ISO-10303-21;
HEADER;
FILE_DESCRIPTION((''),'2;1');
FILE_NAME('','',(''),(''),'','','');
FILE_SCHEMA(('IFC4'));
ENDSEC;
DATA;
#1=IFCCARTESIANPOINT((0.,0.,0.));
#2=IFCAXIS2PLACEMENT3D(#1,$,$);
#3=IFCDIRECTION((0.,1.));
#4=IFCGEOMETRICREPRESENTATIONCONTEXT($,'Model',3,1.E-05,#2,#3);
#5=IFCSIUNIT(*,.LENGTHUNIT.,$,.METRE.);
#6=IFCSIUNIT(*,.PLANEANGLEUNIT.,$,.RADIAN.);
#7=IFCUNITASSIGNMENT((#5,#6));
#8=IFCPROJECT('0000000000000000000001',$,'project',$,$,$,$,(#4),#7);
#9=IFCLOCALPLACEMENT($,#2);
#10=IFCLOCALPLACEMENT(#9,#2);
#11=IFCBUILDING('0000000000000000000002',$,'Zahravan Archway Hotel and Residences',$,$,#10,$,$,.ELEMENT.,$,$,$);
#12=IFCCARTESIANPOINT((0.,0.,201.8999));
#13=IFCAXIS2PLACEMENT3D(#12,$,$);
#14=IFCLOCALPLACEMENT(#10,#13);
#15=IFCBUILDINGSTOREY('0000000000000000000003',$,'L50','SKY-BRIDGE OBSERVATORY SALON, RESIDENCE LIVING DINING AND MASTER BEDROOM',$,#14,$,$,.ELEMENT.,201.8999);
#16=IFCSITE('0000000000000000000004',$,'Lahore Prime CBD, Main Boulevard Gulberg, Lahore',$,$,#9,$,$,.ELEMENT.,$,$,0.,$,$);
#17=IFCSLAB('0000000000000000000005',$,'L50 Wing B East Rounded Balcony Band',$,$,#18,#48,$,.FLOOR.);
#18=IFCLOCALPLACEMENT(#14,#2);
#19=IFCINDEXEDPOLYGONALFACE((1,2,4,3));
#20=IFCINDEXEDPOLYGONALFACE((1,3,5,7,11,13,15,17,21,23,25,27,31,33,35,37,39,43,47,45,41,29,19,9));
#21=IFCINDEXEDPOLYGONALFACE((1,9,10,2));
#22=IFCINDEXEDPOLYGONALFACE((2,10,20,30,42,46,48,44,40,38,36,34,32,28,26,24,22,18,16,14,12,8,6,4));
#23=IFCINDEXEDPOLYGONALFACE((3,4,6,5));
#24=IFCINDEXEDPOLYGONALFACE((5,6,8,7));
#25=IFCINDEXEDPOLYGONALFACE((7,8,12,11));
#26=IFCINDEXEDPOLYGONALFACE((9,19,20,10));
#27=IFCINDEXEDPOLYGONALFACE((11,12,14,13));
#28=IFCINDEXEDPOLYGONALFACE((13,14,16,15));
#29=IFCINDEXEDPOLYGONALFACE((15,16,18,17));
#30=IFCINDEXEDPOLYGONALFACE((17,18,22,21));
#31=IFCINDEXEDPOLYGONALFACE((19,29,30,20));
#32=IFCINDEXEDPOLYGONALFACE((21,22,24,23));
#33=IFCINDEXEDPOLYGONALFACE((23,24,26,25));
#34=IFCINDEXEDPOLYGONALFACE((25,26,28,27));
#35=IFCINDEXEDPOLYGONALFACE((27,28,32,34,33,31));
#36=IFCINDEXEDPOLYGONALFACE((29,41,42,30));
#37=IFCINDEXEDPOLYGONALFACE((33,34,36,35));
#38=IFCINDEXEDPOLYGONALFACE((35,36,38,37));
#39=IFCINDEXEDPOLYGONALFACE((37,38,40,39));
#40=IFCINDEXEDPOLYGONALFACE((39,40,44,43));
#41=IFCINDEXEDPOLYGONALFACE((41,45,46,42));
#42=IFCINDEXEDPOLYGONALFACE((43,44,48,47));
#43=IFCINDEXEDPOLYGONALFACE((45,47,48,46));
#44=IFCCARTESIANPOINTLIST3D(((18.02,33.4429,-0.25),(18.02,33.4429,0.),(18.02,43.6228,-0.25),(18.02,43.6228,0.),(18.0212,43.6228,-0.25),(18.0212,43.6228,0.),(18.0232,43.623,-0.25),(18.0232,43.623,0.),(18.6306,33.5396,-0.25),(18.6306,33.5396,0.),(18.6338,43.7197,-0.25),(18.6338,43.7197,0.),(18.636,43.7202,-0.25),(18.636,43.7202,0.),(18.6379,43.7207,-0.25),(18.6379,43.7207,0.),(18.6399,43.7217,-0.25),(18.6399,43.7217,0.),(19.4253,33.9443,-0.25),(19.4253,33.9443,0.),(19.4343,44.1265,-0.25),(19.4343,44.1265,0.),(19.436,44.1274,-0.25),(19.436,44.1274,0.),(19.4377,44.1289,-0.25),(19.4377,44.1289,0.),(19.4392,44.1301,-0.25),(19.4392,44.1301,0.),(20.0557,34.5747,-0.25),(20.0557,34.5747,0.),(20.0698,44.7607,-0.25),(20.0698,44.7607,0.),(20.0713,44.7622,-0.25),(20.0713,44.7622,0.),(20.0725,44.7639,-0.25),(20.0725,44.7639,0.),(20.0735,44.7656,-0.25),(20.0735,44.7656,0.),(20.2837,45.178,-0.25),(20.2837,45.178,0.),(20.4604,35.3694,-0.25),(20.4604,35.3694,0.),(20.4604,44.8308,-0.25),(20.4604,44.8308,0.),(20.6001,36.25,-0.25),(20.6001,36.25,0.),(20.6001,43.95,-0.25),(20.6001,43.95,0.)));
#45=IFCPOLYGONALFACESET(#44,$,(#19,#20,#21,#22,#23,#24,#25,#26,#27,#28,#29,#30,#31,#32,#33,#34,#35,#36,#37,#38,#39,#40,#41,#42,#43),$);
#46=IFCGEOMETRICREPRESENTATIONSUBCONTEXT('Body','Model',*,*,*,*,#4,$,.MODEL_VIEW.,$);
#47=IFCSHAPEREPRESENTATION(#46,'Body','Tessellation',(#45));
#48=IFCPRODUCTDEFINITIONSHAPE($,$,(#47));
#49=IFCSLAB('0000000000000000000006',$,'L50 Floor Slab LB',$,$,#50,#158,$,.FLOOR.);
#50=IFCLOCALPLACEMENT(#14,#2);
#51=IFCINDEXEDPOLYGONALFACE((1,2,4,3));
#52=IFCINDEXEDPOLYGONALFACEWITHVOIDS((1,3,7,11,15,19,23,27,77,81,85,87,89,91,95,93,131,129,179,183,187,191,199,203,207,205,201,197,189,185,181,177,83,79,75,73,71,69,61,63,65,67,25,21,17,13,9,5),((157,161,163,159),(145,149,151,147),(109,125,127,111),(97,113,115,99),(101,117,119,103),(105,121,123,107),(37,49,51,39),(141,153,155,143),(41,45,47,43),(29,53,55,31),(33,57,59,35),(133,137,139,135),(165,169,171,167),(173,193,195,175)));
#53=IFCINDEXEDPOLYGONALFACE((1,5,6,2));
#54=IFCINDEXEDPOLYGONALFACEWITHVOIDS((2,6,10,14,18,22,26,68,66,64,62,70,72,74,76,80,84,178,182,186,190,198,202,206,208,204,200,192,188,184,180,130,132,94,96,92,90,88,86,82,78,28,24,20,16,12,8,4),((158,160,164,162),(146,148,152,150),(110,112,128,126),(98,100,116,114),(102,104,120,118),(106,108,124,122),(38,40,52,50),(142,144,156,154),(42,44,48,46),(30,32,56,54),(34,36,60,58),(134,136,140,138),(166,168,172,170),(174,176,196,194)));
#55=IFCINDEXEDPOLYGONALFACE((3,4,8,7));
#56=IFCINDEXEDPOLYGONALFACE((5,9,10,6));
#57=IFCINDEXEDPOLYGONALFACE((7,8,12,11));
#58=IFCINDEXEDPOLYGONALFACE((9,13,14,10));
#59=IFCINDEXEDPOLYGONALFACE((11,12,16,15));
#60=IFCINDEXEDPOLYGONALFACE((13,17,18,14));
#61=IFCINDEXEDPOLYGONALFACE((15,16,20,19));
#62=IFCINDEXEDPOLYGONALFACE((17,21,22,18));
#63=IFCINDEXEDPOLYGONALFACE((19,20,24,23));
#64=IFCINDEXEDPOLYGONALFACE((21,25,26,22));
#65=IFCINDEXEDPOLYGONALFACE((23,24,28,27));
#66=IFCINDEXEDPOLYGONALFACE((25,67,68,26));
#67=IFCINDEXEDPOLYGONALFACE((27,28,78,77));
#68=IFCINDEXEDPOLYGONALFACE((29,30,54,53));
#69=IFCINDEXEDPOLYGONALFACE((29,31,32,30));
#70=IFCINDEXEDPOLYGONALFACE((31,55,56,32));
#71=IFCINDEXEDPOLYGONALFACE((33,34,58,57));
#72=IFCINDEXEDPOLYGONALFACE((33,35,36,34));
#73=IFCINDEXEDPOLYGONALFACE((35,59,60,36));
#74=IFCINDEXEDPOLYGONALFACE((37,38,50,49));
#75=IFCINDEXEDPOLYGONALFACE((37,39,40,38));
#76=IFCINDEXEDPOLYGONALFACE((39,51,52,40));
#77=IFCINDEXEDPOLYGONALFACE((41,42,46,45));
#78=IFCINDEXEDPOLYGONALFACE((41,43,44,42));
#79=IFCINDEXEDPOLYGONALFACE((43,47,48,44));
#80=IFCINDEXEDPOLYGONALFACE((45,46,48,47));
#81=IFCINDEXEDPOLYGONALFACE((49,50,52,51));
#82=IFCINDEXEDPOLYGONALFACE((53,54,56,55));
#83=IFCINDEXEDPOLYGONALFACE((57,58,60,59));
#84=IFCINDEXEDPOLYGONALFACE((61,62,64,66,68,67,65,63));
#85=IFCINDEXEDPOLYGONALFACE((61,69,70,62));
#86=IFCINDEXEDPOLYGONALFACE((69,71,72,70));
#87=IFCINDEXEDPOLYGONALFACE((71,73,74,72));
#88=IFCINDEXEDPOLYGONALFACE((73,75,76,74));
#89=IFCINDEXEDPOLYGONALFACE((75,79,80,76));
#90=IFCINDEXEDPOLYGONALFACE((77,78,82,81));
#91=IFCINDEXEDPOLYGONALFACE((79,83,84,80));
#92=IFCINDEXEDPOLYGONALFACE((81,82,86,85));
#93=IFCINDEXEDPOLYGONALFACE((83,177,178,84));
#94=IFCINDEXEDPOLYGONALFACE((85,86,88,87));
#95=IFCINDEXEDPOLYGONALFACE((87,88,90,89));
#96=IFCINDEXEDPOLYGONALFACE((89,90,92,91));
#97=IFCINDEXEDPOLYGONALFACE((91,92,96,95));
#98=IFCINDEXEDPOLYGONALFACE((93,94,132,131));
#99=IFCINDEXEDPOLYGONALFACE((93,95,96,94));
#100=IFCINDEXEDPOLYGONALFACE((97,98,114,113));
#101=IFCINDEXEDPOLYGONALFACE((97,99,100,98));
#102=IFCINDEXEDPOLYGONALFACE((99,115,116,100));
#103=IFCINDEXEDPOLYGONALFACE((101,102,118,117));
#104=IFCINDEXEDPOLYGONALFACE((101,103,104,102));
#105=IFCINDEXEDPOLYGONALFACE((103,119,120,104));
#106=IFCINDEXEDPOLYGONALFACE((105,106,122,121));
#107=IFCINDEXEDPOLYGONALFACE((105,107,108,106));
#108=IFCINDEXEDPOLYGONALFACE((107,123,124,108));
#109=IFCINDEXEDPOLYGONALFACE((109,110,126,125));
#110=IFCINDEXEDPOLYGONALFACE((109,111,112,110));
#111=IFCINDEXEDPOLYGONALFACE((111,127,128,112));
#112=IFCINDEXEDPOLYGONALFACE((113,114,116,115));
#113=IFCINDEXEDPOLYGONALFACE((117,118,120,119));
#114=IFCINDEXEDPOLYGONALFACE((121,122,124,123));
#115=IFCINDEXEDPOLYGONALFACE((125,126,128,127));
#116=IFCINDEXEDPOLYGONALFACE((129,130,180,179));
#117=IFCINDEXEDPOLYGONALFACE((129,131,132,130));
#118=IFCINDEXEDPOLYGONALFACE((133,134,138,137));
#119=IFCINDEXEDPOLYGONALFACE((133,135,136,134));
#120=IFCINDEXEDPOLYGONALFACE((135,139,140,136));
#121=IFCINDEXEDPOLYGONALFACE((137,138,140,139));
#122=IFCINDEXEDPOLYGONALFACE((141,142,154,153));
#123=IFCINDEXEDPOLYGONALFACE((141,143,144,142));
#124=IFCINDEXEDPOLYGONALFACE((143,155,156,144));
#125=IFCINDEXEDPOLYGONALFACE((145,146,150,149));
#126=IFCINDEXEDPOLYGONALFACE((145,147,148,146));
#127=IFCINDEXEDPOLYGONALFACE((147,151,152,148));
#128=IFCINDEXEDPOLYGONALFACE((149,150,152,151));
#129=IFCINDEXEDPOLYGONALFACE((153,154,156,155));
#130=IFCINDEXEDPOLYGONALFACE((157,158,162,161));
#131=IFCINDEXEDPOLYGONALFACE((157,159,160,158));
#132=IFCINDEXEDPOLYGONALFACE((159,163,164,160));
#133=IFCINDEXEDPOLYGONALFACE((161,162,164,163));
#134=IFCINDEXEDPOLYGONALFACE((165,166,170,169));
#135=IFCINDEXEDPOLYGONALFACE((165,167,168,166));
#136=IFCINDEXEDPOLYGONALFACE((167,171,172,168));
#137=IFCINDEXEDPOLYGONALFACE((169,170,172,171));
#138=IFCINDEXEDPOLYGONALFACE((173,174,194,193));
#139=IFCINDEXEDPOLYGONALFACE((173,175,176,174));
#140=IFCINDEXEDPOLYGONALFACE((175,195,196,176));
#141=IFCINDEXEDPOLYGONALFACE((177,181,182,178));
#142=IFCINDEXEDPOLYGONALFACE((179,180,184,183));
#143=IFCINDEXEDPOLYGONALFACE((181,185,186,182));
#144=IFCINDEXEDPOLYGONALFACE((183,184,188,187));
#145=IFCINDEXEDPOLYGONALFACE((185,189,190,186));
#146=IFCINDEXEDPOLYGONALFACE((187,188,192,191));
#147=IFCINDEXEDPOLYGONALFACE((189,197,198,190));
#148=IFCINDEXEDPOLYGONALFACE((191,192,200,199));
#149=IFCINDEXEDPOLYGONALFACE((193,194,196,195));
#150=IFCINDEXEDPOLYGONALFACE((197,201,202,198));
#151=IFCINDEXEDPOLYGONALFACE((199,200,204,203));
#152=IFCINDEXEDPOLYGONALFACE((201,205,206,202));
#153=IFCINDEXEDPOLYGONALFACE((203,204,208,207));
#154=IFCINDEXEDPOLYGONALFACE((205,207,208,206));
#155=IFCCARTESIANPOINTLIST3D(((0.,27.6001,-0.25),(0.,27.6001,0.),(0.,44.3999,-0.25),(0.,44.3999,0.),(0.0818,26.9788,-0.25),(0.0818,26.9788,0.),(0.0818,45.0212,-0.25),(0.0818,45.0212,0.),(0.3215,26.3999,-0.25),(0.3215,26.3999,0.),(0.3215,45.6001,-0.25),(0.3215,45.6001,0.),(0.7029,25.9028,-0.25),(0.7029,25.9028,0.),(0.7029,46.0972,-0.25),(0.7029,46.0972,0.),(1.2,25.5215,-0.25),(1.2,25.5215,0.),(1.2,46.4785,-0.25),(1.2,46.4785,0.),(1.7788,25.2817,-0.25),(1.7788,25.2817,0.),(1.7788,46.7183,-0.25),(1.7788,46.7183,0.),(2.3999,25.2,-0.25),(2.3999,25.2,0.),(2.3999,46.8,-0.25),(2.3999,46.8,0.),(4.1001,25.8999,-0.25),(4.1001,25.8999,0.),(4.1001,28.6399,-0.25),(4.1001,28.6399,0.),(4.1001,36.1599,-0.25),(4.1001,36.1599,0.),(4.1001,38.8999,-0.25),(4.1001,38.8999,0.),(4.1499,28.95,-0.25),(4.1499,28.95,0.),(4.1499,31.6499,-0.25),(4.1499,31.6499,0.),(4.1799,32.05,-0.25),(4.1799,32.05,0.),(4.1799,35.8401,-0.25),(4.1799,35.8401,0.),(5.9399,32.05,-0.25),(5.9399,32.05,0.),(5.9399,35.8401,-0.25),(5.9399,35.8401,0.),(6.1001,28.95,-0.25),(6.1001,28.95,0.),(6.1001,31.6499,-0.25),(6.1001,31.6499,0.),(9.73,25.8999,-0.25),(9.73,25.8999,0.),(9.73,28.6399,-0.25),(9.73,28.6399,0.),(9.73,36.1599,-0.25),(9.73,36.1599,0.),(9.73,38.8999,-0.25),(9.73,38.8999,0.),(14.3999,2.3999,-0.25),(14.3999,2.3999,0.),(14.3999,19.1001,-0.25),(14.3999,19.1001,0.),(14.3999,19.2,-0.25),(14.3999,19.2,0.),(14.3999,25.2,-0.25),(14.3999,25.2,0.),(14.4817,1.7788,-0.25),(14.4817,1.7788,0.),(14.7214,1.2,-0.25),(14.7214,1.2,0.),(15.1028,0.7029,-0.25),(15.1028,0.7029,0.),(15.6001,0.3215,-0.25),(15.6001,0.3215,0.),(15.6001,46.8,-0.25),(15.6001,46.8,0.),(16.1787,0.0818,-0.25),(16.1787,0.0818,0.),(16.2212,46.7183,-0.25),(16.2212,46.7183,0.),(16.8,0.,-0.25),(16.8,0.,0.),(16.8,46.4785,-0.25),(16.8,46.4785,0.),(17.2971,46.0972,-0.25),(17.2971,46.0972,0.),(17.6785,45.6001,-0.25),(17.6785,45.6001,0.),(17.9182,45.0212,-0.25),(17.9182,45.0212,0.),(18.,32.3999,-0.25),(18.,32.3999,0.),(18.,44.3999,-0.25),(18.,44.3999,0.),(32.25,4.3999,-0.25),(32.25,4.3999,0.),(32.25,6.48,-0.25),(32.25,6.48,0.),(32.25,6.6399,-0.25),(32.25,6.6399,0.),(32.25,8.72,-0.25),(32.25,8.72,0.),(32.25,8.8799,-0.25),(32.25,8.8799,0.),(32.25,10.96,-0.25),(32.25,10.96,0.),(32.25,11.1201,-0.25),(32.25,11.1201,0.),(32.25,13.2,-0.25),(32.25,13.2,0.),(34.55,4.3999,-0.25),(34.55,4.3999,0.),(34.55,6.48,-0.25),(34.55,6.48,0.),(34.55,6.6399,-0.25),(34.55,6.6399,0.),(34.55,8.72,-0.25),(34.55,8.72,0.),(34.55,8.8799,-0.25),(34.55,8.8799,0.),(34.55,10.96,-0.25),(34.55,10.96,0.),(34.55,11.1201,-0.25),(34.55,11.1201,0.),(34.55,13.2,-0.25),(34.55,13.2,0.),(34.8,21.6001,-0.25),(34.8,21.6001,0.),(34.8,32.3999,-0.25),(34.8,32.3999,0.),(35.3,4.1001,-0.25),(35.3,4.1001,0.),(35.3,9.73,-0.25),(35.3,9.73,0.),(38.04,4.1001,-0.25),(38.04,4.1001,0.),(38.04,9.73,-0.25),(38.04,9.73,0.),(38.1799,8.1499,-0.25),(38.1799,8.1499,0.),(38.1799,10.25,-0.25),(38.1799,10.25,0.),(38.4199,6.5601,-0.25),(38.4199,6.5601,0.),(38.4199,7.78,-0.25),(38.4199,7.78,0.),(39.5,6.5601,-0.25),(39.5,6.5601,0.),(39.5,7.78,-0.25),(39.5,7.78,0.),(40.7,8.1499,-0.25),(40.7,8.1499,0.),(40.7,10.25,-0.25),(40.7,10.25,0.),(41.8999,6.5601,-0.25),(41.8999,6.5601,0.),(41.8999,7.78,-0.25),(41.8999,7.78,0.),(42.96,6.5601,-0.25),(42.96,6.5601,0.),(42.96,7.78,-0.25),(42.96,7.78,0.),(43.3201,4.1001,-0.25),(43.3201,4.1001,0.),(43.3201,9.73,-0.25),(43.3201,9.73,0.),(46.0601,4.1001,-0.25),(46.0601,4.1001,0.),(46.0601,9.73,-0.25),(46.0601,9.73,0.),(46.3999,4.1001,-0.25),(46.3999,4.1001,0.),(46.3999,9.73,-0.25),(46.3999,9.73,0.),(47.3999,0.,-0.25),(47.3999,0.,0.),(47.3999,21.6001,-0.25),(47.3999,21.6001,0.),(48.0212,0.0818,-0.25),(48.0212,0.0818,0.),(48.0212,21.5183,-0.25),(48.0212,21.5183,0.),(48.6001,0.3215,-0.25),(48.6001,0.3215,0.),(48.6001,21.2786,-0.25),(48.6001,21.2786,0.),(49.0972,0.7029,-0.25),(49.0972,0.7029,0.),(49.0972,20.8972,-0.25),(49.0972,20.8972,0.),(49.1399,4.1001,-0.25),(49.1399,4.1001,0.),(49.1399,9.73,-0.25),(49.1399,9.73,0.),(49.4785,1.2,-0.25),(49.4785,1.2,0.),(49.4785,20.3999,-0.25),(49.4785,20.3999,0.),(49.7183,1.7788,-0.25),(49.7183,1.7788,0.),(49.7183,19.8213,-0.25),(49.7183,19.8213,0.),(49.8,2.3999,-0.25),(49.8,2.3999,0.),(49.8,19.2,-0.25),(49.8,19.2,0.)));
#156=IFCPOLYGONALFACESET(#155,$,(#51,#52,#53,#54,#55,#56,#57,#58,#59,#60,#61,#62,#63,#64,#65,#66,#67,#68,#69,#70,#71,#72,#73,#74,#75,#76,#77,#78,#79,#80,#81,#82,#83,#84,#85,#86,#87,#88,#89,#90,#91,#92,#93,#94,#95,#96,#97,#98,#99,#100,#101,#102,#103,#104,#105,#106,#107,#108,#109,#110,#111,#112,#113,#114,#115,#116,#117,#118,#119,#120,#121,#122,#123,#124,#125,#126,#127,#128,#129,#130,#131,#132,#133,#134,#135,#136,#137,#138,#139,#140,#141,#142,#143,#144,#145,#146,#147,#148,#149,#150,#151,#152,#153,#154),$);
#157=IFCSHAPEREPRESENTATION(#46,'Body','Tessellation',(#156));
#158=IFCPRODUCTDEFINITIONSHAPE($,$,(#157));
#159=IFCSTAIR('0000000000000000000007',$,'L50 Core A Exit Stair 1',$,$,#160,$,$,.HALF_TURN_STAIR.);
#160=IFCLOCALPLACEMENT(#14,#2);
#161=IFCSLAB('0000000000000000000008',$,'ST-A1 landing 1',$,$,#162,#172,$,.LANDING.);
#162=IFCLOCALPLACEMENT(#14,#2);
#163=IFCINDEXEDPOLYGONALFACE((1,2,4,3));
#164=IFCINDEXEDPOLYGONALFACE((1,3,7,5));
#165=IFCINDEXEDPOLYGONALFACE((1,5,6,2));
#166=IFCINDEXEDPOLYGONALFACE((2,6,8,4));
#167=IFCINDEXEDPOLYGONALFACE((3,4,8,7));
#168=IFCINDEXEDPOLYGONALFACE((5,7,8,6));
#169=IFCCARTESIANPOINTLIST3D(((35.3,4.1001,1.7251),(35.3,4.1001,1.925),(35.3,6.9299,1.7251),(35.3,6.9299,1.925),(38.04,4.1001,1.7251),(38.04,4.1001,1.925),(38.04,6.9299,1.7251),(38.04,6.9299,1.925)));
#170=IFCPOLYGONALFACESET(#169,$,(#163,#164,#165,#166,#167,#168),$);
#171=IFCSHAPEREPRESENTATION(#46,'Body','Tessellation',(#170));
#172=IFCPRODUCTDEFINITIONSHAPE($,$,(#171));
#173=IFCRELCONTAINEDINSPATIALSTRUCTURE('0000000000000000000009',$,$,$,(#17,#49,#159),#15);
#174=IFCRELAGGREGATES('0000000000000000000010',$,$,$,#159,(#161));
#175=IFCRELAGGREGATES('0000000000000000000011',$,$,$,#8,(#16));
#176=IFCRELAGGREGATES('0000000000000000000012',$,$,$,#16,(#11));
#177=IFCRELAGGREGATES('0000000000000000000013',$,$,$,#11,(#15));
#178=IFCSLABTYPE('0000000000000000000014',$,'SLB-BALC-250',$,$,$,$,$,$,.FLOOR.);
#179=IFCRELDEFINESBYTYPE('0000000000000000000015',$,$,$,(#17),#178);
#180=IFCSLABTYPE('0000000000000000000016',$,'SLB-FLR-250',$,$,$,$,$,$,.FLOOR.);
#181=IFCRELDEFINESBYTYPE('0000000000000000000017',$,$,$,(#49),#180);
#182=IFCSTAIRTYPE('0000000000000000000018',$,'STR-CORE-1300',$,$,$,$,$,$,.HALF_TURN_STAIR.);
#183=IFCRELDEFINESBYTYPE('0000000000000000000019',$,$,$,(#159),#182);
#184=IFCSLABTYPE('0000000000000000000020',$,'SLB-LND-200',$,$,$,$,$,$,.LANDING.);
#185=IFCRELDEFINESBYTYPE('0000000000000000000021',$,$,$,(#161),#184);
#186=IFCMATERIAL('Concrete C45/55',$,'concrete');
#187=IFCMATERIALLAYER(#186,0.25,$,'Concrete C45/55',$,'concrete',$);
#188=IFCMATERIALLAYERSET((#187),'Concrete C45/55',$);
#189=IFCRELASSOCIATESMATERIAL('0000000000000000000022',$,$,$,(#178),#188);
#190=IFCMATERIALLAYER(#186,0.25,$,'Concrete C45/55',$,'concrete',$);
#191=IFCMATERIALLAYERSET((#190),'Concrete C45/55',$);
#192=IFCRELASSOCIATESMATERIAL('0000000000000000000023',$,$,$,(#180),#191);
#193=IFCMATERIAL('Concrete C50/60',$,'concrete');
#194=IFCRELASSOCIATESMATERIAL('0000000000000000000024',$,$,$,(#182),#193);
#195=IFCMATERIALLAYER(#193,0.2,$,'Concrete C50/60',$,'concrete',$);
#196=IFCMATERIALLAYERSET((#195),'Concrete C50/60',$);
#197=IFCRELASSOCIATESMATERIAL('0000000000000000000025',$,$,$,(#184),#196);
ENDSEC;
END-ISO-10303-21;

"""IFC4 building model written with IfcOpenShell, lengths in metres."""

from ifc_helpers import new_model, si_unit, direction, frame, origin, place, context, subcontext, project, spatial, polyline, outline, extrude, material, layer, layer_set, type_object, element, aggregate, save


model = new_model("IFC4")

# Units and contexts
model_context = context("Model", 3, precision=1e-05, world=origin(), true_north=direction((0.0, 1.0)))
body_context = subcontext(model_context, "Body", "Model", "MODEL_VIEW")
ifc_project = project(units=[si_unit("LENGTHUNIT", "METRE"), si_unit("PLANEANGLEUNIT", "RADIAN")], contexts=[model_context])

# Site, building, storey
site_placement = place(None, origin())
site = spatial("IfcSite", under=ifc_project, at=site_placement, Name="Lahore Prime CBD, Main Boulevard Gulberg, Lahore", CompositionType="ELEMENT", RefElevation=0.0)
building_placement = place(site_placement, origin())
building = spatial("IfcBuilding", under=site, at=building_placement, Name="Zahravan Archway Hotel and Residences", CompositionType="ELEMENT")
storey_placement = place(building_placement, frame((0.0, 0.0, 201.8999)))
storey = spatial("IfcBuildingStorey", under=building, at=storey_placement, Name="L50", Description="SKY-BRIDGE OBSERVATORY SALON, RESIDENCE LIVING DINING AND MASTER BEDROOM", CompositionType="ELEMENT", Elevation=201.8999)

# Slabs
ifc_material_1 = material(Name="Concrete C45/55", Category="concrete")
ifc_layer_1 = layer(ifc_material_1, 0.25, Name="Concrete C45/55", Category="concrete")
ifc_layer_set_1 = layer_set([ifc_layer_1], Name="Concrete C45/55")
slab_type_1 = type_object("IfcSlabType", Name="SLB-BALC-250", PredefinedType="FLOOR", material=ifc_layer_set_1)
slab_1_placement = place(storey_placement, frame((0.0, 0.0, -0.25)))
element("IfcSlab", 1, at=slab_1_placement, inside=storey, type_object=slab_type_1, Name="L50 Wing B East Rounded Balcony Band", PredefinedType="FLOOR", context=body_context, shape_type="SweptSolid", body=[
    extrude(outline(polyline([(20.4604, 44.8308), (20.6001, 43.95), (20.6001, 36.25), (20.4604, 35.3694), (20.0557, 34.5747), (19.4253, 33.9443), (18.6306, 33.5396), (18.02, 33.4429), (18.02, 43.6228), (18.0212, 43.6228), (18.0232, 43.623), (18.6338, 43.7197), (18.636, 43.7202), (18.6379, 43.7207), (18.6399, 43.7217), (19.4343, 44.1265), (19.436, 44.1274), (19.4377, 44.1289), (19.4392, 44.1301), (20.0698, 44.7607), (20.0713, 44.7622), (20.0725, 44.7639), (20.0735, 44.7656), (20.2837, 45.178), (20.4604, 44.8308)])), origin(), (0.0, 0.0, 1.0), 0.25),
])
ifc_layer_2 = layer(ifc_material_1, 0.25, Name="Concrete C45/55", Category="concrete")
ifc_layer_set_2 = layer_set([ifc_layer_2], Name="Concrete C45/55")
slab_type_2 = type_object("IfcSlabType", Name="SLB-FLR-250", PredefinedType="FLOOR", material=ifc_layer_set_2)
slab_2_placement = place(storey_placement, frame((0.0, 0.0, -0.25)))
element("IfcSlab", 2, at=slab_2_placement, inside=storey, type_object=slab_type_2, Name="L50 Floor Slab LB", PredefinedType="FLOOR", context=body_context, shape_type="SweptSolid", body=[
    extrude(outline(polyline([(34.8, 21.6001), (34.8, 32.3999), (18.0, 32.3999), (18.0, 44.3999), (17.9182, 45.0212), (17.6785, 45.6001), (17.2971, 46.0972), (16.8, 46.4785), (16.2212, 46.7183), (15.6001, 46.8), (2.3999, 46.8), (1.7788, 46.7183), (1.2, 46.4785), (0.7029, 46.0972), (0.3215, 45.6001), (0.0818, 45.0212), (0.0, 44.3999), (0.0, 27.6001), (0.0818, 26.9788), (0.3215, 26.3999), (0.7029, 25.9028), (1.2, 25.5215), (1.7788, 25.2817), (2.3999, 25.2), (14.3999, 25.2), (14.3999, 19.2), (14.3999, 19.1001), (14.3999, 2.3999), (14.4817, 1.7788), (14.7214, 1.2), (15.1028, 0.7029), (15.6001, 0.3215), (16.1787, 0.0818), (16.8, 0.0), (47.3999, 0.0), (48.0212, 0.0818), (48.6001, 0.3215), (49.0972, 0.7029), (49.4785, 1.2), (49.7183, 1.7788), (49.8, 2.3999), (49.8, 19.2), (49.7183, 19.8213), (49.4785, 20.3999), (49.0972, 20.8972), (48.6001, 21.2786), (48.0212, 21.5183), (47.3999, 21.6001), (34.8, 21.6001)]), holes=[polyline([(35.3, 9.73), (35.3, 4.1001), (38.04, 4.1001), (38.04, 9.73), (35.3, 9.73)]), polyline([(43.3201, 9.73), (43.3201, 4.1001), (46.0601, 4.1001), (46.0601, 9.73), (43.3201, 9.73)]), polyline([(46.3999, 9.73), (46.3999, 4.1001), (49.1399, 4.1001), (49.1399, 9.73), (46.3999, 9.73)]), polyline([(9.73, 28.6399), (4.1001, 28.6399), (4.1001, 25.8999), (9.73, 25.8999), (9.73, 28.6399)]), polyline([(9.73, 38.8999), (4.1001, 38.8999), (4.1001, 36.1599), (9.73, 36.1599), (9.73, 38.8999)]), polyline([(38.1799, 8.1499), (40.7, 8.1499), (40.7, 10.25), (38.1799, 10.25), (38.1799, 8.1499)]), polyline([(4.1499, 28.95), (6.1001, 28.95), (6.1001, 31.6499), (4.1499, 31.6499), (4.1499, 28.95)]), polyline([(32.25, 4.3999), (34.55, 4.3999), (34.55, 6.48), (32.25, 6.48), (32.25, 4.3999)]), polyline([(32.25, 6.6399), (34.55, 6.6399), (34.55, 8.72), (32.25, 8.72), (32.25, 6.6399)]), polyline([(32.25, 8.8799), (34.55, 8.8799), (34.55, 10.96), (32.25, 10.96), (32.25, 8.8799)]), polyline([(32.25, 11.1201), (34.55, 11.1201), (34.55, 13.2), (32.25, 13.2), (32.25, 11.1201)]), polyline([(38.4199, 6.5601), (39.5, 6.5601), (39.5, 7.78), (38.4199, 7.78), (38.4199, 6.5601)]), polyline([(41.8999, 6.5601), (42.96, 6.5601), (42.96, 7.78), (41.8999, 7.78), (41.8999, 6.5601)]), polyline([(4.1799, 32.05), (5.9399, 32.05), (5.9399, 35.8401), (4.1799, 35.8401), (4.1799, 32.05)])]), origin(), (0.0, 0.0, 1.0), 0.25),
])

# Stair, slab
ifc_material_2 = material(Name="Concrete C50/60", Category="concrete")
stair_type = type_object("IfcStairType", Name="STR-CORE-1300", PredefinedType="HALF_TURN_STAIR", material=ifc_material_2)
stair_1_placement = place(storey_placement, origin())
stair_1 = element("IfcStair", 3, at=stair_1_placement, inside=storey, type_object=stair_type, Name="L50 Core A Exit Stair 1", PredefinedType="HALF_TURN_STAIR")
ifc_layer_3 = layer(ifc_material_2, 0.2, Name="Concrete C50/60", Category="concrete")
ifc_layer_set_3 = layer_set([ifc_layer_3], Name="Concrete C50/60")
slab_type_3 = type_object("IfcSlabType", Name="SLB-LND-200", PredefinedType="LANDING", material=ifc_layer_set_3)
slab_3_placement = place(storey_placement, frame((0.0, 0.0, 1.7251)))
slab_3 = element("IfcSlab", 4, at=slab_3_placement, type_object=slab_type_3, Name="ST-A1 landing 1", PredefinedType="LANDING", context=body_context, shape_type="SweptSolid", body=[
    extrude(outline(polyline([(35.3, 6.9299), (35.3, 4.1001), (38.04, 4.1001), (38.04, 6.9299), (35.3, 6.9299)])), origin(), (0.0, 0.0, 1.0), 0.2),
])
aggregate(stair_1, [slab_3])

save(model, "model.ifc")
